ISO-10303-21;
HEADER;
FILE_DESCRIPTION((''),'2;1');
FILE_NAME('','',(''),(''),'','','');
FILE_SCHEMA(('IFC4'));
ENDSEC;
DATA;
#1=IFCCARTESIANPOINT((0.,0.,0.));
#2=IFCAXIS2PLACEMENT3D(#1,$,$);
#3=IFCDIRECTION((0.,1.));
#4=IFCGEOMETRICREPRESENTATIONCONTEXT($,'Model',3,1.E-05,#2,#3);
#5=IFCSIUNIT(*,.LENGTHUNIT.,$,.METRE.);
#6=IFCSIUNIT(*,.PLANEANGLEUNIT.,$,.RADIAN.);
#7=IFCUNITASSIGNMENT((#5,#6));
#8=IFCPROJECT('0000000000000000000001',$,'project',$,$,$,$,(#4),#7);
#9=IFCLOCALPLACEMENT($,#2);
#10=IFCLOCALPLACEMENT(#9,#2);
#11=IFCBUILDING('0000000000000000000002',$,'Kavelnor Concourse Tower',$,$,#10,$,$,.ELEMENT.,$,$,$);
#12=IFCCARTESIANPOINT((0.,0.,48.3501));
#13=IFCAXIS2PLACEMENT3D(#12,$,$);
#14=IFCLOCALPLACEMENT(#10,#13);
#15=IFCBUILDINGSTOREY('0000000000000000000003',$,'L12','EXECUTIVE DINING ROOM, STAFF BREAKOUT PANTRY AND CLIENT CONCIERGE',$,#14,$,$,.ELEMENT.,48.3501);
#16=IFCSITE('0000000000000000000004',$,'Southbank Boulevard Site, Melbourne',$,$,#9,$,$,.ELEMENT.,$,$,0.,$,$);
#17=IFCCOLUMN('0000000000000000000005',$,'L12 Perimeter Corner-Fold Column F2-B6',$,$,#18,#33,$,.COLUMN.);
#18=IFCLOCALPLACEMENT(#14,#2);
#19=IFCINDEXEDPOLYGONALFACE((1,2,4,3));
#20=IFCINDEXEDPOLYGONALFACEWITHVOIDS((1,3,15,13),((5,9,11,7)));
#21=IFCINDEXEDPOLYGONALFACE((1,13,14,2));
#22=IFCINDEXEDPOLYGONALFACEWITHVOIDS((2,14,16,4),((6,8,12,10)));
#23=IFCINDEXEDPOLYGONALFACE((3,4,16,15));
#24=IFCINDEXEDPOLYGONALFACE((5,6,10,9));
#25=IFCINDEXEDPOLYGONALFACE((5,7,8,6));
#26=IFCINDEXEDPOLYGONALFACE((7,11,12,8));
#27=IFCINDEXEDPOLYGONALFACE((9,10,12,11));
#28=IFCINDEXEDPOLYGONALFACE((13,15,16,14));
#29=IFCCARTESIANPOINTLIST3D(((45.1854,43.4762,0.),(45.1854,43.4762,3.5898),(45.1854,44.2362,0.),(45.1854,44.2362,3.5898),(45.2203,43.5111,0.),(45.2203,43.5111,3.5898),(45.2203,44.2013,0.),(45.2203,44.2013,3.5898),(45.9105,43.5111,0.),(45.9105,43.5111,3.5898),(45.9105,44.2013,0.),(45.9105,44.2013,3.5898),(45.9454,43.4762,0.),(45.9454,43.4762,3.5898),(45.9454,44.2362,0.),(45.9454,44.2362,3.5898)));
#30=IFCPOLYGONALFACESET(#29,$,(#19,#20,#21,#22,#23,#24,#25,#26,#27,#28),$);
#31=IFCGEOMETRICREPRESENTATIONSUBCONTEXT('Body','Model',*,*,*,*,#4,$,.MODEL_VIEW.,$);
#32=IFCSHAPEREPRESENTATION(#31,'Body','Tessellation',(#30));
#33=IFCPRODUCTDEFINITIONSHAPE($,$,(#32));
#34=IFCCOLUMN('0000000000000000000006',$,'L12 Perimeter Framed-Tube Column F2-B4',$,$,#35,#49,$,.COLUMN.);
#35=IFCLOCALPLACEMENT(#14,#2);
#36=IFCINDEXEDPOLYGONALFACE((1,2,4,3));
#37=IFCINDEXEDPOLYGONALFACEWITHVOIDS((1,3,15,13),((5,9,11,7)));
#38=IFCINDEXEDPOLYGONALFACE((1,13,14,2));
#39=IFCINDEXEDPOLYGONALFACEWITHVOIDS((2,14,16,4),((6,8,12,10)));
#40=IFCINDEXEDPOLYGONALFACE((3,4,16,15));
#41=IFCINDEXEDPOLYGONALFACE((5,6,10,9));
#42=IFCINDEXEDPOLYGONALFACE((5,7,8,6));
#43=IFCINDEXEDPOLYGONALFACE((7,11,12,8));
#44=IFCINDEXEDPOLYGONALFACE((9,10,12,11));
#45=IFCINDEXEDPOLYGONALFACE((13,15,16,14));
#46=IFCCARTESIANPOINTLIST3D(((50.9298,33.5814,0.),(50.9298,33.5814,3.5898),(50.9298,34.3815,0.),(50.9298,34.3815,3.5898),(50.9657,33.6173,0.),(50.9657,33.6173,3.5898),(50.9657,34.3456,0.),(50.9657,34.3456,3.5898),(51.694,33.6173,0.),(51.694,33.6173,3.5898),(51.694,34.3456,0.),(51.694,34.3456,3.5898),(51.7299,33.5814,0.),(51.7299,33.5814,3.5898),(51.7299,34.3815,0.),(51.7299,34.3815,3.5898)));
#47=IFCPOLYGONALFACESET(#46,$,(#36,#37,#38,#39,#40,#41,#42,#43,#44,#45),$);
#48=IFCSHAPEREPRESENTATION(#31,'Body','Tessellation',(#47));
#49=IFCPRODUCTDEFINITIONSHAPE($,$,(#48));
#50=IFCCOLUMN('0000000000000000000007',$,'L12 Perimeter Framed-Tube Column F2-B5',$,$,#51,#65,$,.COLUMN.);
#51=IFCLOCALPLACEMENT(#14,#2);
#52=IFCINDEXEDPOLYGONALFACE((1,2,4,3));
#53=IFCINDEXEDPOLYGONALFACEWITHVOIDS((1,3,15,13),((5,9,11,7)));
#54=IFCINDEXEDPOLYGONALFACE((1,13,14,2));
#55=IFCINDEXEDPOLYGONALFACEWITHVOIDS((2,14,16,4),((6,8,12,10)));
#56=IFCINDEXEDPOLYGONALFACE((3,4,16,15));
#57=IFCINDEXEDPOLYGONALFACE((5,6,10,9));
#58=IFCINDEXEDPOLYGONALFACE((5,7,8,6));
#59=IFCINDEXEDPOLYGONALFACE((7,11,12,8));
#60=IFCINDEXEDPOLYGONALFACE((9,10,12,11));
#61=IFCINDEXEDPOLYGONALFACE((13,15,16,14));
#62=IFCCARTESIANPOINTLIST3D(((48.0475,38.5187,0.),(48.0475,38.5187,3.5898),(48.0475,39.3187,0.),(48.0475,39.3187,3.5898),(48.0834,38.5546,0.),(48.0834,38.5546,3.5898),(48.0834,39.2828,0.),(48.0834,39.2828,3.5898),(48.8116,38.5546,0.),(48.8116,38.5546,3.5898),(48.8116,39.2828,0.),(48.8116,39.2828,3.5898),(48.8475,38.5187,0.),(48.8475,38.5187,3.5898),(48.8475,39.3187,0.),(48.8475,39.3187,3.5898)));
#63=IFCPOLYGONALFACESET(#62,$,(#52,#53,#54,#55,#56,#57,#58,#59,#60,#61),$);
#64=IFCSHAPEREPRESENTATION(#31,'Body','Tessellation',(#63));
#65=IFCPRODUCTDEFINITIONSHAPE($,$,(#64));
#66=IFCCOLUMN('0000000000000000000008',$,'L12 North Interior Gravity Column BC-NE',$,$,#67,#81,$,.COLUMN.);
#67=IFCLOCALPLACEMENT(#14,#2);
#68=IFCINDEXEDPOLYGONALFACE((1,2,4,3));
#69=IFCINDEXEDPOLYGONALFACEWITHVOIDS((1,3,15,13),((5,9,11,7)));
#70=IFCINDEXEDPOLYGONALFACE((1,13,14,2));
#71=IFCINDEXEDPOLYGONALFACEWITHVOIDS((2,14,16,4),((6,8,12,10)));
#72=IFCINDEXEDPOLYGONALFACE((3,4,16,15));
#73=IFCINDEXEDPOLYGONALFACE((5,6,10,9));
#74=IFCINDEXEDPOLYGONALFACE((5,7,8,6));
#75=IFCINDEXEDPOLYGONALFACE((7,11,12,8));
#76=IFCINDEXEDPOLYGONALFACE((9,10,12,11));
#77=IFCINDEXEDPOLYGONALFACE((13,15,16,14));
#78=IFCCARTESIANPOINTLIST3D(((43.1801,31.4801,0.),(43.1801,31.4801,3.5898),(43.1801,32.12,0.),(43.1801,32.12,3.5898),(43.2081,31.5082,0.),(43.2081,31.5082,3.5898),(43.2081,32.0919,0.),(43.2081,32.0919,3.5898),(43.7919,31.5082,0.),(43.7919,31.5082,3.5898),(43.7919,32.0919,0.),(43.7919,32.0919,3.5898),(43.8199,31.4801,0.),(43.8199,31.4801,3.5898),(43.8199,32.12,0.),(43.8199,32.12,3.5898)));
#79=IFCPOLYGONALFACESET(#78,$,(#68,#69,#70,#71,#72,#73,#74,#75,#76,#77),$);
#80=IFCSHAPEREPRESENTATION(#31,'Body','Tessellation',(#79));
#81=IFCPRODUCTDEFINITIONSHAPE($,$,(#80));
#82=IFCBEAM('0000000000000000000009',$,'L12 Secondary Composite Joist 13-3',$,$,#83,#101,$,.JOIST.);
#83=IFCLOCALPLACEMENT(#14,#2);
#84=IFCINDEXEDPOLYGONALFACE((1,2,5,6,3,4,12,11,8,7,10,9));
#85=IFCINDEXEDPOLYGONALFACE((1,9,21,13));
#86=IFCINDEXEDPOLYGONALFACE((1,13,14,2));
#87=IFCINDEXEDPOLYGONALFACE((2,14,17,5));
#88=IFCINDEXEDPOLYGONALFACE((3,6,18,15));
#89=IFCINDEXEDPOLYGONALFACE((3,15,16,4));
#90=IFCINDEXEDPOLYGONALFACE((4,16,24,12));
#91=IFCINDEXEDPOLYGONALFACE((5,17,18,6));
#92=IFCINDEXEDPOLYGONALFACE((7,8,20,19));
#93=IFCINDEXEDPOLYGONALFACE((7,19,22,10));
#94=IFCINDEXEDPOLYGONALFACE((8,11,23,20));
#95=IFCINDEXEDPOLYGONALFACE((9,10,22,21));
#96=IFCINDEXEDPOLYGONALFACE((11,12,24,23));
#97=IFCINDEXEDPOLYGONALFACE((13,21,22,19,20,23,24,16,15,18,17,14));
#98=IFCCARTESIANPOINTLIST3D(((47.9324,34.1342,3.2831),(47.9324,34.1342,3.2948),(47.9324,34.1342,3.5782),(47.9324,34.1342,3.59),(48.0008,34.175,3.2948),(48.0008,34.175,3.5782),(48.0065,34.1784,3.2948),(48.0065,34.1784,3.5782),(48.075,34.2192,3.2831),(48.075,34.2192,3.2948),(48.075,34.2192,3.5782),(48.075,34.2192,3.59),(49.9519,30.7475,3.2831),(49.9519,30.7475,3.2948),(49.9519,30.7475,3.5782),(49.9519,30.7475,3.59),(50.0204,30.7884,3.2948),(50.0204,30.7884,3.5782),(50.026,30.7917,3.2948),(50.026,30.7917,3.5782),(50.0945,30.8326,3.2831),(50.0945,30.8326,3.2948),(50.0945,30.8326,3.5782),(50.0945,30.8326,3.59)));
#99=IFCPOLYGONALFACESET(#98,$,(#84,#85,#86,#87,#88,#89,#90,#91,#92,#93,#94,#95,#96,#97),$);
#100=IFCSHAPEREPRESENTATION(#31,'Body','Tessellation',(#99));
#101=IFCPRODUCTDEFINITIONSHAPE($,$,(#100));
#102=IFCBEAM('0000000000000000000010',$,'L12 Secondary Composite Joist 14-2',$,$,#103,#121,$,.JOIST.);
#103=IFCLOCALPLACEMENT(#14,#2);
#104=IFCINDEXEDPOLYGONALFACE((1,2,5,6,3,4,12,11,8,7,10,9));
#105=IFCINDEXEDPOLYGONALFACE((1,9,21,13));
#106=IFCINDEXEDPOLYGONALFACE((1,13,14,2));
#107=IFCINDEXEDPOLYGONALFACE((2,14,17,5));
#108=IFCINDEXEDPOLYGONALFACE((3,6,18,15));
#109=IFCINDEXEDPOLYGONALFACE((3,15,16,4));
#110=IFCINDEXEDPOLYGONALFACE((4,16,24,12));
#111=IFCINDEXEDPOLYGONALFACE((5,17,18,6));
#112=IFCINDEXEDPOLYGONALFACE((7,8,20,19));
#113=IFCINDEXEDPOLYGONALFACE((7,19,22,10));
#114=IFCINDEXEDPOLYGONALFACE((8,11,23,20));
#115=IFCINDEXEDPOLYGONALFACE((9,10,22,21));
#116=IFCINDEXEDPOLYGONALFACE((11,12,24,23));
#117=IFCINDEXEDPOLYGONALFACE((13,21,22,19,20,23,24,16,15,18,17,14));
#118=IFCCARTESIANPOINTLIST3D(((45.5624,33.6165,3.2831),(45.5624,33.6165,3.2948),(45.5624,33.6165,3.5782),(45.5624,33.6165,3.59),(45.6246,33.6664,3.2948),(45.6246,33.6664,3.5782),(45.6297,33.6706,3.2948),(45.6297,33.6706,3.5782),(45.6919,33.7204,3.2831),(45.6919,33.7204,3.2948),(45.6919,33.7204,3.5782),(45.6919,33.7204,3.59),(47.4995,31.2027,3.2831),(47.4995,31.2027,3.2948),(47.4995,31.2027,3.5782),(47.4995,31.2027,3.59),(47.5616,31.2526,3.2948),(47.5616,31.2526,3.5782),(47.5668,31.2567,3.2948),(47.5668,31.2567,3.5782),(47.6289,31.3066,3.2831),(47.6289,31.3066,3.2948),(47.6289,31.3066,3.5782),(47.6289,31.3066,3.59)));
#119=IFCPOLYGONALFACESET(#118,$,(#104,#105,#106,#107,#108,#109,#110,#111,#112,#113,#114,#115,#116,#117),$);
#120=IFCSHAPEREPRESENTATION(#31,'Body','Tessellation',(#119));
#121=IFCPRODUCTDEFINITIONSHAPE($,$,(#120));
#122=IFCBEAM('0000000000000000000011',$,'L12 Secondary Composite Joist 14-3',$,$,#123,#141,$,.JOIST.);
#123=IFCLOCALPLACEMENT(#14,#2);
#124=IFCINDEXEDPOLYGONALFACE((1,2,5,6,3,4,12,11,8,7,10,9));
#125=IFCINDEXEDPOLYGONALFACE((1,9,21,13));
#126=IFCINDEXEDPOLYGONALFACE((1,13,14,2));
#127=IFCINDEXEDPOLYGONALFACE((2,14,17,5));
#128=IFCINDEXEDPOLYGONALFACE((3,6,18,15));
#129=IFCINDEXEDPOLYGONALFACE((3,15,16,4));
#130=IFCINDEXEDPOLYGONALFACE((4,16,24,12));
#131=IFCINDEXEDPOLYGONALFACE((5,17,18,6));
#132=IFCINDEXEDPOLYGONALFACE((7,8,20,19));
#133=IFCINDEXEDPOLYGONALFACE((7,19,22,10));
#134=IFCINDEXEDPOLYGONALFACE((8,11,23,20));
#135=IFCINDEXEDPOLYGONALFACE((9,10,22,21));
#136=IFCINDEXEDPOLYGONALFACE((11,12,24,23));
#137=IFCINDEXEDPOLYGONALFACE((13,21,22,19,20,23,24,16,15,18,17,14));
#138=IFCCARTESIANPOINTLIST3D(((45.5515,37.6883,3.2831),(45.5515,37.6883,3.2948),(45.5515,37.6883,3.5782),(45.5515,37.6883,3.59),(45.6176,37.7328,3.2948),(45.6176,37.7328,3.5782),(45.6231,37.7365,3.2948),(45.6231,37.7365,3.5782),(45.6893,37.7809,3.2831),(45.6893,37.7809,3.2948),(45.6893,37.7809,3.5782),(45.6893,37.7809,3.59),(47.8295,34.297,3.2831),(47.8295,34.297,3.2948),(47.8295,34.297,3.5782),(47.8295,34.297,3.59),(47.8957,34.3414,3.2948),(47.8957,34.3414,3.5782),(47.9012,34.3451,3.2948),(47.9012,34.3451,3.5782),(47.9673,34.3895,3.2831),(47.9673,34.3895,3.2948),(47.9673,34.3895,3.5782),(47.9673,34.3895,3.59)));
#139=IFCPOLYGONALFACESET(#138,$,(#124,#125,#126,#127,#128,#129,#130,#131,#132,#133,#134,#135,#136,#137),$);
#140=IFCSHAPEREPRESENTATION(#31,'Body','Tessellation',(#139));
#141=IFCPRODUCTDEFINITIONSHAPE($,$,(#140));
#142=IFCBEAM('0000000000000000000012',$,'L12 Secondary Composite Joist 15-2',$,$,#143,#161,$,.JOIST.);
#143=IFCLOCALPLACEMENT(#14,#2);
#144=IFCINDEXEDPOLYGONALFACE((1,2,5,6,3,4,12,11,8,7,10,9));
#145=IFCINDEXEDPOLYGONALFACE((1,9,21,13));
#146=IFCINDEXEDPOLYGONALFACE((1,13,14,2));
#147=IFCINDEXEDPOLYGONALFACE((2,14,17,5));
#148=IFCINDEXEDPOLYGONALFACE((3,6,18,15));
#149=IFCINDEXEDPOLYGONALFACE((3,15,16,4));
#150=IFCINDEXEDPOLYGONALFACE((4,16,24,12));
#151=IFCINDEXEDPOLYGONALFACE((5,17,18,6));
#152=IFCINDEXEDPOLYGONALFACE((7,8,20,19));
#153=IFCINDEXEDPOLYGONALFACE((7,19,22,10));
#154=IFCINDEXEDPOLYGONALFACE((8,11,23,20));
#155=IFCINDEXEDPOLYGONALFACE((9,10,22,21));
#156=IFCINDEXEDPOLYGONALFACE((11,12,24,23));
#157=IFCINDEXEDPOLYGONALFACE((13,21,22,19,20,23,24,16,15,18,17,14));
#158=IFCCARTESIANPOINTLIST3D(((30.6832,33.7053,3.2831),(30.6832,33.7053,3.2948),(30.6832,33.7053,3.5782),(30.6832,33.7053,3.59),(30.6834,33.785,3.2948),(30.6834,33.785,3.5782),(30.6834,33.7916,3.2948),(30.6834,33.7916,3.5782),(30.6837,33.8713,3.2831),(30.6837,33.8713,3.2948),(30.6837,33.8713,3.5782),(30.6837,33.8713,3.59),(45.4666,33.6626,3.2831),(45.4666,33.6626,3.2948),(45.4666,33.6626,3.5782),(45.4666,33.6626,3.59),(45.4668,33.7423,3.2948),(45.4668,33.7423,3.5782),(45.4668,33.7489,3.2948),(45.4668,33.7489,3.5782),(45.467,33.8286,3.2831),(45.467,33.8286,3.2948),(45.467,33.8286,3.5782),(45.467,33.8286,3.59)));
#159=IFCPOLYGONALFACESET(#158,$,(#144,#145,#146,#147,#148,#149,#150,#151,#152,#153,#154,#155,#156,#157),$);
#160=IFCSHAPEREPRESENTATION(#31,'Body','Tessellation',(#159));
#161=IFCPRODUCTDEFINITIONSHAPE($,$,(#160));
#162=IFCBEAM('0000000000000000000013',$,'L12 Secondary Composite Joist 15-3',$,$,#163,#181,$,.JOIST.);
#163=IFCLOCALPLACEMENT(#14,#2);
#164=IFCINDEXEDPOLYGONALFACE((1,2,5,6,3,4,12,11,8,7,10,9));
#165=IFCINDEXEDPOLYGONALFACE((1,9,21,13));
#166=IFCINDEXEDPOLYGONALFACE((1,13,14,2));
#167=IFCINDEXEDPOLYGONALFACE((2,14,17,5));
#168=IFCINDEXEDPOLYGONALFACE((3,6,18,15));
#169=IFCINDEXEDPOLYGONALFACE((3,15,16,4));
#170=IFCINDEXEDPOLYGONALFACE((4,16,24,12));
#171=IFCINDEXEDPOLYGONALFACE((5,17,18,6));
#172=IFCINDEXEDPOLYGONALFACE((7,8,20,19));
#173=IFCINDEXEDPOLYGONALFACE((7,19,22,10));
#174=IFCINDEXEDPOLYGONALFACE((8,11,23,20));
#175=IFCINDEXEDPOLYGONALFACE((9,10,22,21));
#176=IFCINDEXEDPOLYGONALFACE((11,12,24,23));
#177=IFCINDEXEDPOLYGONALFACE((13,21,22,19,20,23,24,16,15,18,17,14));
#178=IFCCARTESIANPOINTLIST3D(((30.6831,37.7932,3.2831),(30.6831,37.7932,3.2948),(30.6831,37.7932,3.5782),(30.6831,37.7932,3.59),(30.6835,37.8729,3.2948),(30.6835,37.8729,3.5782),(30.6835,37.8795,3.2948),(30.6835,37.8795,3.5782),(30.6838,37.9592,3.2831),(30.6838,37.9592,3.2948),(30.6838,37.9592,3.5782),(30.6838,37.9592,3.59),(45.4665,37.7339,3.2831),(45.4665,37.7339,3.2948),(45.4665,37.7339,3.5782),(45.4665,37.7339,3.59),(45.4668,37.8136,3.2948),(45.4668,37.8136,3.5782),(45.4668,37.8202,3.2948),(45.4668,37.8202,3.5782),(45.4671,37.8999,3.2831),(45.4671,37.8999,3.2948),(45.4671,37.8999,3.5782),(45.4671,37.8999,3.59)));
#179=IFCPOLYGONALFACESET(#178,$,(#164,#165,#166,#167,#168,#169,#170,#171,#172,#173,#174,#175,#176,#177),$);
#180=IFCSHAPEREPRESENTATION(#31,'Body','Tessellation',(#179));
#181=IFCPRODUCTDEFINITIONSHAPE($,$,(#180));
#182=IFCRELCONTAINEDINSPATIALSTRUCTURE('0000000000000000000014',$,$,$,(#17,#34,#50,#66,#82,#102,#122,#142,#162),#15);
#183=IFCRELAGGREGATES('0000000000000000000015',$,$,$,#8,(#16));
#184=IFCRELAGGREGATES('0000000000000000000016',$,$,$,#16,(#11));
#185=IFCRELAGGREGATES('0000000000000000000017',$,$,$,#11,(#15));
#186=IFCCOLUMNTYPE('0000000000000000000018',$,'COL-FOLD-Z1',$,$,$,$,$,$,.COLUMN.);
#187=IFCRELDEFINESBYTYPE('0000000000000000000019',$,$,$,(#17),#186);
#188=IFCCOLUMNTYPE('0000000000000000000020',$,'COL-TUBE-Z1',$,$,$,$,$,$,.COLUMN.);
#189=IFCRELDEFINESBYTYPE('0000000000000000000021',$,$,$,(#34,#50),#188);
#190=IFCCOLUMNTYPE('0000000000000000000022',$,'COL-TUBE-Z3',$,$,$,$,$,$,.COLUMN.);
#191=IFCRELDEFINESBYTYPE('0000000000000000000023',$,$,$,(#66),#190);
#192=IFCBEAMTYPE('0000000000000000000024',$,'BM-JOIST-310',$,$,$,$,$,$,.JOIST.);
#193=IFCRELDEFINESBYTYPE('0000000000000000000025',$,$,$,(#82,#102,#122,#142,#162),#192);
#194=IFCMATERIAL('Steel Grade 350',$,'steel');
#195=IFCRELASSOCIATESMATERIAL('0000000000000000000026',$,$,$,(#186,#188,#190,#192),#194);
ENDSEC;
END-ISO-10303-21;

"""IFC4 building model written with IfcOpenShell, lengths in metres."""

from ifc_helpers import new_model, si_unit, direction, frame, origin, origin_2d, place, context, subcontext, project, spatial, hollow_rectangle, i_section, extrude, material, material_profile, profile_set, type_object, element, save


model = new_model("IFC4")

# Units and contexts
model_context = context("Model", 3, precision=1e-05, world=origin(), true_north=direction((0.0, 1.0)))
body_context = subcontext(model_context, "Body", "Model", "MODEL_VIEW")
ifc_project = project(units=[si_unit("LENGTHUNIT", "METRE"), si_unit("PLANEANGLEUNIT", "RADIAN")], contexts=[model_context])

# Site, building, storey
site_placement = place(None, origin())
site = spatial("IfcSite", under=ifc_project, at=site_placement, Name="Southbank Boulevard Site, Melbourne", CompositionType="ELEMENT", RefElevation=0.0)
building_placement = place(site_placement, origin())
building = spatial("IfcBuilding", under=site, at=building_placement, Name="Kavelnor Concourse Tower", CompositionType="ELEMENT")
storey_placement = place(building_placement, frame((0.0, 0.0, 48.3501)))
storey = spatial("IfcBuildingStorey", under=building, at=storey_placement, Name="L12", Description="EXECUTIVE DINING ROOM, STAFF BREAKOUT PANTRY AND CLIENT CONCIERGE", CompositionType="ELEMENT", Elevation=48.3501)

# Columns
ifc_material_1 = material(Name="Steel Grade 350", Category="steel")
ifc_material_profile_1 = material_profile(ifc_material_1, hollow_rectangle(XDim=0.76, YDim=0.76, WallThickness=0.0349, at=origin_2d()), Name="SHS 760x760x35")
ifc_profile_set_1 = profile_set([ifc_material_profile_1], Name="Steel Grade 350")
column_type_1 = type_object("IfcColumnType", Name="COL-FOLD-Z1", PredefinedType="COLUMN", material=ifc_profile_set_1)
column_1_placement = place(storey_placement, frame((45.5654, 43.8562, 0.0), z_axis=(0.0, 0.0, 1.0), x_axis=(1.0, 0.0, 0.0)))
element("IfcColumn", 1, at=column_1_placement, inside=storey, type_object=column_type_1, Name="L12 Perimeter Corner-Fold Column F2-B6", PredefinedType="COLUMN", context=body_context, shape_type="SweptSolid", body=[
    extrude(hollow_rectangle(XDim=0.76, YDim=0.76, WallThickness=0.0349, at=origin_2d()), origin(), (0.0, 0.0, 1.0), 3.5898),
])
ifc_material_profile_2 = material_profile(ifc_material_1, hollow_rectangle(XDim=0.8, YDim=0.8, WallThickness=0.0359, at=origin_2d()), Name="SHS 800x800x36")
ifc_profile_set_2 = profile_set([ifc_material_profile_2], Name="Steel Grade 350")
column_type_2 = type_object("IfcColumnType", Name="COL-TUBE-Z1", PredefinedType="COLUMN", material=ifc_profile_set_2)
for number, where, z_axis, x_axis, name in (
    (2, (51.3298, 33.9814, 0.0), (0.0, 0.0, 1.0), (1.0, 0.0, 0.0), "L12 Perimeter Framed-Tube Column F2-B4"),
    (3, (48.4475, 38.9187, 0.0), (0.0, 0.0, 1.0), (1.0, 0.0, 0.0), "L12 Perimeter Framed-Tube Column F2-B5"),
):
    element("IfcColumn", number, at=place(storey_placement, frame(where, z_axis=z_axis, x_axis=x_axis)), inside=storey, type_object=column_type_2, Name=name, PredefinedType="COLUMN", context=body_context, shape_type="SweptSolid", body=[
        extrude(hollow_rectangle(XDim=0.8, YDim=0.8, WallThickness=0.0359, at=origin_2d()), origin(), (0.0, 0.0, 1.0), 3.5898),
    ])
ifc_material_profile_3 = material_profile(ifc_material_1, hollow_rectangle(XDim=0.6399, YDim=0.6399, WallThickness=0.0281, at=origin_2d()), Name="SHS 640x640x28")
ifc_profile_set_3 = profile_set([ifc_material_profile_3], Name="Steel Grade 350")
column_type_3 = type_object("IfcColumnType", Name="COL-TUBE-Z3", PredefinedType="COLUMN", material=ifc_profile_set_3)
column_2_placement = place(storey_placement, frame((43.5, 31.8, 0.0), z_axis=(0.0, 0.0, 1.0), x_axis=(1.0, 0.0, 0.0)))
element("IfcColumn", 4, at=column_2_placement, inside=storey, type_object=column_type_3, Name="L12 North Interior Gravity Column BC-NE", PredefinedType="COLUMN", context=body_context, shape_type="SweptSolid", body=[
    extrude(hollow_rectangle(XDim=0.6399, YDim=0.6399, WallThickness=0.0281, at=origin_2d()), origin(), (0.0, 0.0, 1.0), 3.5898),
])

# Beams
ifc_material_profile_4 = material_profile(ifc_material_1, i_section(OverallWidth=0.166, OverallDepth=0.3069, WebThickness=0.0066, FlangeThickness=0.0117, at=origin_2d()), Name="310UB46")
ifc_profile_set_4 = profile_set([ifc_material_profile_4], Name="Steel Grade 350")
beam_type_1 = type_object("IfcBeamType", Name="BM-JOIST-310", PredefinedType="JOIST", material=ifc_profile_set_4)
beam_1_placement = place(storey_placement, frame((50.0232, 30.79, 3.4365), z_axis=(-0.512163, 0.858888, 0.0), x_axis=(-0.858888, -0.512163, 0.0)))
element("IfcBeam", 5, at=beam_1_placement, inside=storey, type_object=beam_type_1, Name="L12 Secondary Composite Joist 13-3", PredefinedType="JOIST", context=body_context, shape_type="SweptSolid", body=[
    extrude(i_section(OverallWidth=0.166, OverallDepth=0.3069, WebThickness=0.0066, FlangeThickness=0.0117, at=origin_2d()), origin(), (0.0, 0.0, 1.0), 3.9431),
])
beam_2_placement = place(storey_placement, frame((47.5642, 31.2546, 3.4365), z_axis=(-0.625868, 0.779929, 0.0), x_axis=(-0.779929, -0.625868, 0.0)))
element("IfcBeam", 6, at=beam_2_placement, inside=storey, type_object=beam_type_1, Name="L12 Secondary Composite Joist 14-2", PredefinedType="JOIST", context=body_context, shape_type="SweptSolid", body=[
    extrude(i_section(OverallWidth=0.166, OverallDepth=0.3069, WebThickness=0.0066, FlangeThickness=0.0117, at=origin_2d()), origin(), (0.0, 0.0, 1.0), 3.095),
])
beam_3_placement = place(storey_placement, frame((47.8984, 34.3433, 3.4365), z_axis=(-0.557607, 0.830105, 0.0), x_axis=(-0.830105, -0.557607, 0.0)))
element("IfcBeam", 7, at=beam_3_placement, inside=storey, type_object=beam_type_1, Name="L12 Secondary Composite Joist 14-3", PredefinedType="JOIST", context=body_context, shape_type="SweptSolid", body=[
    extrude(i_section(OverallWidth=0.166, OverallDepth=0.3069, WebThickness=0.0066, FlangeThickness=0.0117, at=origin_2d()), origin(), (0.0, 0.0, 1.0), 4.0854),
])
for number, where, z_axis, x_axis, name in (
    (8, (45.4668, 33.7456, 3.4365), (-0.999996, 0.00289, 0.0), (-0.00289, -0.999996, 0.0), "L12 Secondary Composite Joist 15-2"),
    (9, (45.4668, 37.8169, 3.4365), (-0.999992, 0.004013, 0.0), (-0.004013, -0.999992, 0.0), "L12 Secondary Composite Joist 15-3"),
):
    element("IfcBeam", number, at=place(storey_placement, frame(where, z_axis=z_axis, x_axis=x_axis)), inside=storey, type_object=beam_type_1, Name=name, PredefinedType="JOIST", context=body_context, shape_type="SweptSolid", body=[
        extrude(i_section(OverallWidth=0.166, OverallDepth=0.3069, WebThickness=0.0066, FlangeThickness=0.0117, at=origin_2d()), origin(), (0.0, 0.0, 1.0), 14.7834),
    ])

save(model, "model.ifc")
